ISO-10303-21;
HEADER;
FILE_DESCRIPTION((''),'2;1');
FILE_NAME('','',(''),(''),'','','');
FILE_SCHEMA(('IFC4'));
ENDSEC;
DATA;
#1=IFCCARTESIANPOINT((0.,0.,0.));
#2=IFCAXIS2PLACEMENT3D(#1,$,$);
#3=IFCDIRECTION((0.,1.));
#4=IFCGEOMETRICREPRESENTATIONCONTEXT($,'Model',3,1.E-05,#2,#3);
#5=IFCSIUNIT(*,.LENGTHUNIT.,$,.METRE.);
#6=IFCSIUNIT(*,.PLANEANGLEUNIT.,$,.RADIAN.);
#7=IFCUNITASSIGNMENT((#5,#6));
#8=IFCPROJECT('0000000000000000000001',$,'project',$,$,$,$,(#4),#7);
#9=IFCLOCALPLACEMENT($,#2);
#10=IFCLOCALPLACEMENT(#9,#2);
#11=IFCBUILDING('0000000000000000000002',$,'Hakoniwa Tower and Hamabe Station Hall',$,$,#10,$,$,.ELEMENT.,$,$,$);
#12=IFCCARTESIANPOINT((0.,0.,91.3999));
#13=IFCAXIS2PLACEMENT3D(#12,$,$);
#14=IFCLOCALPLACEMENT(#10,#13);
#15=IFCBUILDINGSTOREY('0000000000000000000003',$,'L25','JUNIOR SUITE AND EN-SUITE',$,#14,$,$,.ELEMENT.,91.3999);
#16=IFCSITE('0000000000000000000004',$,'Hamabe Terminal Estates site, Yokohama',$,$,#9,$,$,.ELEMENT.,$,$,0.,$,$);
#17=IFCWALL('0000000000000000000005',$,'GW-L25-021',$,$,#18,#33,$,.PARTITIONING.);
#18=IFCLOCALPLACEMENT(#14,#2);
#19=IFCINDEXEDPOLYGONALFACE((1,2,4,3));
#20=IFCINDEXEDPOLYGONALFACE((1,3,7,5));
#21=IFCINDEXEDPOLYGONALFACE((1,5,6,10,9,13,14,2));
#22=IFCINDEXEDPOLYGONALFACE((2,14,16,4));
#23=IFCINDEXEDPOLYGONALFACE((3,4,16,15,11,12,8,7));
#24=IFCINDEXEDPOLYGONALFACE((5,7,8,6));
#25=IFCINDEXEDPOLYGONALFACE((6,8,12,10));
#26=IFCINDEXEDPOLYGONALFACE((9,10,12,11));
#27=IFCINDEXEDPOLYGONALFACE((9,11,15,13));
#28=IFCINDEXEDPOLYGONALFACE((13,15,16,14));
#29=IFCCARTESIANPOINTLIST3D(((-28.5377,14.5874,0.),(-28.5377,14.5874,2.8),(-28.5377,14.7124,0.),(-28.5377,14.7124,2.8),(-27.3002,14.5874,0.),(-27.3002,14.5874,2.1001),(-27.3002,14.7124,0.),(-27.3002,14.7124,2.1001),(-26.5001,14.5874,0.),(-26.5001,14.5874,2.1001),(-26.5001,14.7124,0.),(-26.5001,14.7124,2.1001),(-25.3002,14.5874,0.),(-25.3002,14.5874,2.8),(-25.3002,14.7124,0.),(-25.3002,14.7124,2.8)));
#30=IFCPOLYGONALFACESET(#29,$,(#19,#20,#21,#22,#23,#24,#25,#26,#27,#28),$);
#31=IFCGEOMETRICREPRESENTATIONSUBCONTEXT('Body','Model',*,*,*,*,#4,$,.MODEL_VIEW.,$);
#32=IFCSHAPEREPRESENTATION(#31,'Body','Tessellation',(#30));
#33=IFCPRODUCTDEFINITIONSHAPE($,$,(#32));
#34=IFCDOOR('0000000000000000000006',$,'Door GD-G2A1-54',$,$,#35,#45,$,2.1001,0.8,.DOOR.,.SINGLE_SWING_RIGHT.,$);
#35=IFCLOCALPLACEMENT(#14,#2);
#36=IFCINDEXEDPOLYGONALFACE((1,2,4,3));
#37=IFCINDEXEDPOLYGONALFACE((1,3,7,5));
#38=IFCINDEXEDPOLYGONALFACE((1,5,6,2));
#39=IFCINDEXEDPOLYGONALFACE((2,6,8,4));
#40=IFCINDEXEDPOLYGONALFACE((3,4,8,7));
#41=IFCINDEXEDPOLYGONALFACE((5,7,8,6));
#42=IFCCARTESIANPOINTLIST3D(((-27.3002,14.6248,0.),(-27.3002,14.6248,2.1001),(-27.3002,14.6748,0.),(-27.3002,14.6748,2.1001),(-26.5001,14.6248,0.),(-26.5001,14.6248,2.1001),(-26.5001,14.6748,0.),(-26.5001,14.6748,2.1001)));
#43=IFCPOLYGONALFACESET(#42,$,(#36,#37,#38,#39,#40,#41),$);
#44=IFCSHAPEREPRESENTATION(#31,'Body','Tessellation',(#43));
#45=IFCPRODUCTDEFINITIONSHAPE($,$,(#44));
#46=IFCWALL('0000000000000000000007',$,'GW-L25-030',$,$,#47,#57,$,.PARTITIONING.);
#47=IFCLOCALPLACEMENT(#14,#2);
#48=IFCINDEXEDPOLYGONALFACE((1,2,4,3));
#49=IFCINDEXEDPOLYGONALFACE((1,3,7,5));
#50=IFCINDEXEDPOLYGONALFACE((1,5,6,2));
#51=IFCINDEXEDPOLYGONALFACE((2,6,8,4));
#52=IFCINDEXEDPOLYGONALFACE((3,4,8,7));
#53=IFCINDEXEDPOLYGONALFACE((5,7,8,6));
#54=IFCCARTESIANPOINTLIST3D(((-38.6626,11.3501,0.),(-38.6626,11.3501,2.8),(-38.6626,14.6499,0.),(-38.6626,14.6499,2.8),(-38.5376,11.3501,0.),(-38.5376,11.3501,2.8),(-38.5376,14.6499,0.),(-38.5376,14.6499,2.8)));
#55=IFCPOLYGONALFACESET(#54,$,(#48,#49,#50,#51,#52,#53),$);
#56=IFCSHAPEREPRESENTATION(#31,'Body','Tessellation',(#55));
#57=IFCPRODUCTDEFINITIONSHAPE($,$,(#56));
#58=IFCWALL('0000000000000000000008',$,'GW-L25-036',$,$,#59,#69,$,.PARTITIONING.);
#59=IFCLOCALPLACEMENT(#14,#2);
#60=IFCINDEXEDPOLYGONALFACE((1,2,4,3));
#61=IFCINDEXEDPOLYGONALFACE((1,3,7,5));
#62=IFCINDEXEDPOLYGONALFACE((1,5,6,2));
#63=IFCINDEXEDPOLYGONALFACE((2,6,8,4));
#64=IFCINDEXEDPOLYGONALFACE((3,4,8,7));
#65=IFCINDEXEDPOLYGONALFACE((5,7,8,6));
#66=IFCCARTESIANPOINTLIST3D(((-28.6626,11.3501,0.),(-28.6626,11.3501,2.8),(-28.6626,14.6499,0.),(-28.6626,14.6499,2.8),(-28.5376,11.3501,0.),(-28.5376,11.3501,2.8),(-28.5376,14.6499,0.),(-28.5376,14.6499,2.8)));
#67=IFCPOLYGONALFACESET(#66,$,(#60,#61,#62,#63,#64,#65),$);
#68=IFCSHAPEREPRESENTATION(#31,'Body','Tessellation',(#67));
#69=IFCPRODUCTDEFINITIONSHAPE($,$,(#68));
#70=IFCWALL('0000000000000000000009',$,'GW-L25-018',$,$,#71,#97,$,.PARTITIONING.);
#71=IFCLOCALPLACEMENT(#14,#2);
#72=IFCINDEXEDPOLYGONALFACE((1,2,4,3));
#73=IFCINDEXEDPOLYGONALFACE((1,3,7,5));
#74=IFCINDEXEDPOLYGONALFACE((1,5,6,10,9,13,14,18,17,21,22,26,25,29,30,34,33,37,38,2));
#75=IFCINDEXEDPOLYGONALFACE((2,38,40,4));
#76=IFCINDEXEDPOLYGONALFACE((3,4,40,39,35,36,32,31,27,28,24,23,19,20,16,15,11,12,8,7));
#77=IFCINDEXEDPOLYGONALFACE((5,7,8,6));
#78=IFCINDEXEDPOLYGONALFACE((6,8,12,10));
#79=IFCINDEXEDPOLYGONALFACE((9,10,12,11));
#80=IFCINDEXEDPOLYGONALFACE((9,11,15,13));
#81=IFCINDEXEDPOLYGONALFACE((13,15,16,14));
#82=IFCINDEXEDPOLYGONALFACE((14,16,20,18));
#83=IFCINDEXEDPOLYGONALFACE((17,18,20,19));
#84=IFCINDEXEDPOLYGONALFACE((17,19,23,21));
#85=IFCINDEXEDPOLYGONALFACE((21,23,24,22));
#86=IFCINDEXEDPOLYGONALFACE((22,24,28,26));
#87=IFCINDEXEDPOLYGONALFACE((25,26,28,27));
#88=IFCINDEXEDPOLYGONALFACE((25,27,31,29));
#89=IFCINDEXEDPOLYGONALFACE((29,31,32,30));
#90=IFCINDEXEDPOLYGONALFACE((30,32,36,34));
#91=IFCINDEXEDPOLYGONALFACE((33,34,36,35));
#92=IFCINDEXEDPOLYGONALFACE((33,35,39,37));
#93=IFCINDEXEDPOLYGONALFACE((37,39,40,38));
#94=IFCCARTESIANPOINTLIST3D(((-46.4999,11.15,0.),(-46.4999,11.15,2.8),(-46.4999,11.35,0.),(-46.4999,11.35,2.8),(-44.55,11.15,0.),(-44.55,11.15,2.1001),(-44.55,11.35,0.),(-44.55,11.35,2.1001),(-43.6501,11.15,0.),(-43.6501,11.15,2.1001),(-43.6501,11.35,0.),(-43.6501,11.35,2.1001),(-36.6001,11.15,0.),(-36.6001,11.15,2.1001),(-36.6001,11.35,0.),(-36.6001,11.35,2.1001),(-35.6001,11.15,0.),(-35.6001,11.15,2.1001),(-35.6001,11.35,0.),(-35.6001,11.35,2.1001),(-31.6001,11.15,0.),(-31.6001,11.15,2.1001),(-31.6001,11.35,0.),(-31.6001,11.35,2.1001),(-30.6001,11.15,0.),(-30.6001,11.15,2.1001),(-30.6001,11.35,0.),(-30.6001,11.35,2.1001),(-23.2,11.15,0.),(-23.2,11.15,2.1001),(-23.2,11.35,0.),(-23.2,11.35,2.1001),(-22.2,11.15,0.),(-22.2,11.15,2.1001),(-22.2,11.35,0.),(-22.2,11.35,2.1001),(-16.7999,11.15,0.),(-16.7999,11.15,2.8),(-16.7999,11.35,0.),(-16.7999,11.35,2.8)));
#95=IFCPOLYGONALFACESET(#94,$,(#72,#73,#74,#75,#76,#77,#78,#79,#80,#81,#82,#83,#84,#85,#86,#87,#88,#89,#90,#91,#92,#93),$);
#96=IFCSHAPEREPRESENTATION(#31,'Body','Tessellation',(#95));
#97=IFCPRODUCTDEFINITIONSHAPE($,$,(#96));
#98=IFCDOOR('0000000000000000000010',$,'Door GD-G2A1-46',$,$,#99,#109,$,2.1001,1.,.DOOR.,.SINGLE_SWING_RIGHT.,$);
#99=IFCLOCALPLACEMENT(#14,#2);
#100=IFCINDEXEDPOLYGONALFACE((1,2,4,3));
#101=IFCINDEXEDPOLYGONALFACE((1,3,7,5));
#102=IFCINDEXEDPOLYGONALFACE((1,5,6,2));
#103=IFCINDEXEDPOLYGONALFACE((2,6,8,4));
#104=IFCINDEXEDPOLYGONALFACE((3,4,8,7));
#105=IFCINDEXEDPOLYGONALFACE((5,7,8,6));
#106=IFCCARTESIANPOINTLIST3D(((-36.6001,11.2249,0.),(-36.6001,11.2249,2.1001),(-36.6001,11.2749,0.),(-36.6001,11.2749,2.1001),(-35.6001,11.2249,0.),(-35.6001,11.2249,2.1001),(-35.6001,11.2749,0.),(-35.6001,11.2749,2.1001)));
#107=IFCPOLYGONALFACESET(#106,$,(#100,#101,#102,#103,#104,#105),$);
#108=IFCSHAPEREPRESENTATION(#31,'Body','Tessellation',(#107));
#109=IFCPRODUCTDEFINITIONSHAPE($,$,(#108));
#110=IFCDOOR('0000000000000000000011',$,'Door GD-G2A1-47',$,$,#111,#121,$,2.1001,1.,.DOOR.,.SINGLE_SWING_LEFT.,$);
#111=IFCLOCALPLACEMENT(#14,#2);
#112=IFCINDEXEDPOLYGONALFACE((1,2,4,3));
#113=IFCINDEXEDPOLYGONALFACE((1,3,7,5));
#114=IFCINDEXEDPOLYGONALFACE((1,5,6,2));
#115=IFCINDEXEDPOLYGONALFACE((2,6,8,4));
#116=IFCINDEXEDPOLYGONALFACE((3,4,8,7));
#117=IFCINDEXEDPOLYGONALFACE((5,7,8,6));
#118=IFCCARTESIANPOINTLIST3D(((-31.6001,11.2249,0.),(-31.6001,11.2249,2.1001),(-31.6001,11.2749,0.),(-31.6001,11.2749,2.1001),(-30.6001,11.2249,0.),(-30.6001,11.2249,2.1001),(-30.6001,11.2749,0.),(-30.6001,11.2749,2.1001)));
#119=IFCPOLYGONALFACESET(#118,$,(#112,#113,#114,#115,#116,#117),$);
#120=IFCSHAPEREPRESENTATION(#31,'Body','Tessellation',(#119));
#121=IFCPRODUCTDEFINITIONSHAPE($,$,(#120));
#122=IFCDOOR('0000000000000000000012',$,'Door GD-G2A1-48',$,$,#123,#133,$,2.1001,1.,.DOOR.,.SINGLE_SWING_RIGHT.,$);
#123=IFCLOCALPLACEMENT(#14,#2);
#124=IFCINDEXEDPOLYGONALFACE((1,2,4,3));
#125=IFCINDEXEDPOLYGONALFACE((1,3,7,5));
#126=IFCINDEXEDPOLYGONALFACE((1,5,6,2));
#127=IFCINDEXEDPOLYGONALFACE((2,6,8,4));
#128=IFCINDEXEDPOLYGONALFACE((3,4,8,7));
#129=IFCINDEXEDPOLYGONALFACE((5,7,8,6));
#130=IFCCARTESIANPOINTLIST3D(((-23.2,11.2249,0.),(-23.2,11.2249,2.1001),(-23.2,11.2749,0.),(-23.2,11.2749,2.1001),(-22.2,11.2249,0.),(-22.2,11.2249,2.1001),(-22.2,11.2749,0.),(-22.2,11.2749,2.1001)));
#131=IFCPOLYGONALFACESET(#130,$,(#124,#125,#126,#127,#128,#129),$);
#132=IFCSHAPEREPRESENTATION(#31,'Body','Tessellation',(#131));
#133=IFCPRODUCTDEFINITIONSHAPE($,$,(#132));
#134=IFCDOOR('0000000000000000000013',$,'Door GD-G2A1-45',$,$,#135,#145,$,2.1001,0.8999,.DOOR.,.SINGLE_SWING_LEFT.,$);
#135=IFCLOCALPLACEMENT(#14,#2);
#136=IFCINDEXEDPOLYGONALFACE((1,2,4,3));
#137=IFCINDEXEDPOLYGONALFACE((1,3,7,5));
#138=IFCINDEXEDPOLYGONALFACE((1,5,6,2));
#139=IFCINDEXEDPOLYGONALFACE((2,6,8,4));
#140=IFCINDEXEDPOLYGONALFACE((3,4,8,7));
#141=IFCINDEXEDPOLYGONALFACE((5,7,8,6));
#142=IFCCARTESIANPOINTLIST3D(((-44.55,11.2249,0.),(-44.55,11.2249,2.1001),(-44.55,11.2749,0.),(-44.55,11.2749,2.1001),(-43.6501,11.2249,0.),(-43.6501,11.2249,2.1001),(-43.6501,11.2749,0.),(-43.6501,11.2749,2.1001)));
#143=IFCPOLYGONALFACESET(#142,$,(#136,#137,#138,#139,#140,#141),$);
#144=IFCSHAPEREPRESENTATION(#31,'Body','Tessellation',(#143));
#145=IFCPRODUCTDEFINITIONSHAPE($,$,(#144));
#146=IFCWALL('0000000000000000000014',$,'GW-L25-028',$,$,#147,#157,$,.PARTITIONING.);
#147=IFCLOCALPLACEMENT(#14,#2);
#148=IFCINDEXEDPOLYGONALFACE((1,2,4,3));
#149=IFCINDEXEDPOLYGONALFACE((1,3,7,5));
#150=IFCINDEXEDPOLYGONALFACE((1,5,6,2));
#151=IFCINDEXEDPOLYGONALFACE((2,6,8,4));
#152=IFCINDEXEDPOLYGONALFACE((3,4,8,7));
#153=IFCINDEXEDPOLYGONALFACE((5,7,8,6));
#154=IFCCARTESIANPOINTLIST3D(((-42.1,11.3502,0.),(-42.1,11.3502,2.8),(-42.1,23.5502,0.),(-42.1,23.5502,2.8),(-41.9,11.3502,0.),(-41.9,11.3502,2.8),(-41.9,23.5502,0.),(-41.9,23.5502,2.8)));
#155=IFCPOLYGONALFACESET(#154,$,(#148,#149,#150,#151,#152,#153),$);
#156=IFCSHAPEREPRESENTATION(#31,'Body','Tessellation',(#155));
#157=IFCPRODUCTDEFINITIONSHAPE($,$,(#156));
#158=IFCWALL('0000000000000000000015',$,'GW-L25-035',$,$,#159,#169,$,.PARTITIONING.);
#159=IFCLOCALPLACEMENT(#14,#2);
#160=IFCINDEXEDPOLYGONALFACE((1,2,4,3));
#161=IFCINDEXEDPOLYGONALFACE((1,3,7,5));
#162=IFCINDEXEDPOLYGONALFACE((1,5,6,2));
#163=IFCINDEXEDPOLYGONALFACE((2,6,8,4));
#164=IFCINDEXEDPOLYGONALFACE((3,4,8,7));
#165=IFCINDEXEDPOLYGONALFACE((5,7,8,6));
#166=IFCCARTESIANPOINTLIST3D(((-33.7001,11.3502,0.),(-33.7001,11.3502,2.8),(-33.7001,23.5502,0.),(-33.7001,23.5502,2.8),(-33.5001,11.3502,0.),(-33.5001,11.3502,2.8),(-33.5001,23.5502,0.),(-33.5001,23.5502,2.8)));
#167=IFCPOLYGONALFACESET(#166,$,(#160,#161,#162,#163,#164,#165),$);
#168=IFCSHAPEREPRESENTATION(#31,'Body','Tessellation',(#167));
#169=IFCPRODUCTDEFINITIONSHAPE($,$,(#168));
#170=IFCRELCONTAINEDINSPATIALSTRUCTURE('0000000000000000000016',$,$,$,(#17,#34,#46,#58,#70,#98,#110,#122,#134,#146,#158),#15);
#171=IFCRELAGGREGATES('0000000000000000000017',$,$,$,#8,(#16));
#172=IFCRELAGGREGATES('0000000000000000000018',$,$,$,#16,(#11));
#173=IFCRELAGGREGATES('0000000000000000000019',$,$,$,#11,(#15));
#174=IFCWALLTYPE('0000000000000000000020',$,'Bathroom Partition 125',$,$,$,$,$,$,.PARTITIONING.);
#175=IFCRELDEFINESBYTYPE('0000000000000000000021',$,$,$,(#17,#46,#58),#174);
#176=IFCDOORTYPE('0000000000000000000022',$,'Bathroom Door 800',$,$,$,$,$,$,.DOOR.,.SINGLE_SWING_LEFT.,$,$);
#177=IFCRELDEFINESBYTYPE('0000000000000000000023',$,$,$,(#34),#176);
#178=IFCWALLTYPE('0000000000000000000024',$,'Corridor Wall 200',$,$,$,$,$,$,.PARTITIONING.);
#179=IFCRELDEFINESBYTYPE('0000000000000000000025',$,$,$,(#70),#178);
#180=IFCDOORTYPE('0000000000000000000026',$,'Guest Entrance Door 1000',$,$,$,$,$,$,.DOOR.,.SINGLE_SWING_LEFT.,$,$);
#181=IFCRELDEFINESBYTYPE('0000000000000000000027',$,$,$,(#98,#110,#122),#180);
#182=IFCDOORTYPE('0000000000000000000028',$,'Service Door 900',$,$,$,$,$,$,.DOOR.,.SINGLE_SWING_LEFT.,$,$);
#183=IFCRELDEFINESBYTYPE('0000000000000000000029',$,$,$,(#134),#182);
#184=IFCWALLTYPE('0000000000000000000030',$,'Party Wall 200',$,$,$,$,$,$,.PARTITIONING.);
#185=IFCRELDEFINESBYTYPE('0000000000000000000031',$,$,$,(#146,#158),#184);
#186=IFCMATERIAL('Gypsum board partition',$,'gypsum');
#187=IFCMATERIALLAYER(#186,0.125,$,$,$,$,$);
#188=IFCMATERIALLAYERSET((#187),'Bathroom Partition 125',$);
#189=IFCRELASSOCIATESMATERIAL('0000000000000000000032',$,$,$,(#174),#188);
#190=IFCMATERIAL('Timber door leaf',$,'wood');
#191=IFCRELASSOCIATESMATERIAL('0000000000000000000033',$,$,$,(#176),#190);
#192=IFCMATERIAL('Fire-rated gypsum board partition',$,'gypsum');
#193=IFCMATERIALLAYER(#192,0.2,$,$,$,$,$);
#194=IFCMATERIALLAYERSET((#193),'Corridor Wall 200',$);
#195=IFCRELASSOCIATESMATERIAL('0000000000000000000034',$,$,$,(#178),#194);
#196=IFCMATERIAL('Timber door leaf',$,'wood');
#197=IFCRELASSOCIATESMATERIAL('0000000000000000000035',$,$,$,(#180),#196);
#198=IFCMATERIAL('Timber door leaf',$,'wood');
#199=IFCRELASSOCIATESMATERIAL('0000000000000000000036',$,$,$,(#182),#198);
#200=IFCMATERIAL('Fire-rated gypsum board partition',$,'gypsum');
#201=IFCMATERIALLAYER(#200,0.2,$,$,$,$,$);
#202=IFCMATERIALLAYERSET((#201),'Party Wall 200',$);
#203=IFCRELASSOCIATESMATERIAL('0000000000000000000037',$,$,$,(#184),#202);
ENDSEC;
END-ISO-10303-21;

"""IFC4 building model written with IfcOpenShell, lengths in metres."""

from ifc_helpers import new_model, si_unit, direction, frame, frame_2d, origin, place, context, subcontext, project, spatial, rectangle, extrude, material, layer, layer_set, type_object, element, fill, save


model = new_model("IFC4")

# Units and contexts
model_context = context("Model", 3, precision=1e-05, world=origin(), true_north=direction((0.0, 1.0)))
body_context = subcontext(model_context, "Body", "Model", "MODEL_VIEW")
ifc_project = project(units=[si_unit("LENGTHUNIT", "METRE"), si_unit("PLANEANGLEUNIT", "RADIAN")], contexts=[model_context])

# Site, building, storey
site_placement = place(None, origin())
site = spatial("IfcSite", under=ifc_project, at=site_placement, Name="Hamabe Terminal Estates site, Yokohama", CompositionType="ELEMENT", RefElevation=0.0)
building_placement = place(site_placement, origin())
building = spatial("IfcBuilding", under=site, at=building_placement, Name="Hakoniwa Tower and Hamabe Station Hall", CompositionType="ELEMENT")
storey_placement = place(building_placement, frame((0.0, 0.0, 91.3999)))
storey = spatial("IfcBuildingStorey", under=building, at=storey_placement, Name="L25", Description="JUNIOR SUITE AND EN-SUITE", CompositionType="ELEMENT", Elevation=91.3999)

# Wall, opening, door
ifc_material_1 = material(Name="Gypsum board partition", Category="gypsum")
ifc_layer_1 = layer(ifc_material_1, 0.125)
ifc_layer_set_1 = layer_set([ifc_layer_1], Name="Bathroom Partition 125")
wall_type_1 = type_object("IfcWallType", Name="Bathroom Partition 125", PredefinedType="PARTITIONING", material=ifc_layer_set_1)
ifc_material_2 = material(Name="Timber door leaf", Category="wood")
door_type_1 = type_object("IfcDoorType", Name="Bathroom Door 800", OperationType="SINGLE_SWING_LEFT", PredefinedType="DOOR", material=ifc_material_2)
wall_1_placement = place(storey_placement, frame((-28.5376, 14.6499, 0.0), z_axis=(0.0, 0.0, 1.0), x_axis=(1.0, 0.0, 0.0)))
wall_1 = element("IfcWall", 1, at=wall_1_placement, inside=storey, type_object=wall_type_1, Name="GW-L25-021", PredefinedType="PARTITIONING", context=body_context, shape_type="SweptSolid", body=[
    extrude(rectangle(XDim=3.2375, YDim=0.125, at=frame_2d((1.6187, 0.0))), origin(), (0.0, 0.0, 1.0), 2.8),
])
opening_1_placement = place(wall_1_placement, frame((1.2375, 0.0, 0.0)))
opening_1 = element("IfcOpeningElement", 2, at=opening_1_placement, cuts=wall_1, PredefinedType="OPENING", context=body_context, shape_type="SweptSolid", body=[
    extrude(rectangle(XDim=0.8, YDim=2.1001, at=frame_2d((0.3999, 1.05))), frame((0.0, 0.0725, 0.0), z_axis=(0.0, -1.0, 0.0), x_axis=(1.0, 0.0, 0.0)), (0.0, 0.0, 1.0), 0.145),
])
door_1_placement = place(opening_1_placement, origin())
door_1 = element("IfcDoor", 3, at=door_1_placement, inside=storey, type_object=door_type_1, Name="Door GD-G2A1-54", OperationType="SINGLE_SWING_RIGHT", OverallHeight=2.1001, OverallWidth=0.8, PredefinedType="DOOR", context=body_context, shape_type="SweptSolid", body=[
    extrude(rectangle(XDim=0.8, YDim=2.1001, at=frame_2d((0.3999, 1.05))), frame((0.0, 0.0249, 0.0), z_axis=(0.0, -1.0, 0.0), x_axis=(1.0, 0.0, 0.0)), (0.0, 0.0, 1.0), 0.05),
])
fill(opening_1, door_1)

# Walls
for number, where, z_axis, x_axis, name in (
    (4, (-38.6001, 11.3501, 0.0), (0.0, 0.0, 1.0), (0.0, 1.0, 0.0), "GW-L25-030"),
    (5, (-28.6001, 11.3501, 0.0), (0.0, 0.0, 1.0), (0.0, 1.0, 0.0), "GW-L25-036"),
):
    element("IfcWall", number, at=place(storey_placement, frame(where, z_axis=z_axis, x_axis=x_axis)), inside=storey, type_object=wall_type_1, Name=name, PredefinedType="PARTITIONING", context=body_context, shape_type="SweptSolid", body=[
        extrude(rectangle(XDim=3.2998, YDim=0.125, at=frame_2d((1.6499, 0.0))), origin(), (0.0, 0.0, 1.0), 2.8),
    ])

# Wall, openings, doors
ifc_material_3 = material(Name="Fire-rated gypsum board partition", Category="gypsum")
ifc_layer_2 = layer(ifc_material_3, 0.2)
ifc_layer_set_2 = layer_set([ifc_layer_2], Name="Corridor Wall 200")
wall_type_2 = type_object("IfcWallType", Name="Corridor Wall 200", PredefinedType="PARTITIONING", material=ifc_layer_set_2)
wall_2_placement = place(storey_placement, frame((-46.5, 11.25, 0.0), z_axis=(0.0, 0.0, 1.0), x_axis=(1.0, 0.0, 0.0)))
wall_2 = element("IfcWall", 6, at=wall_2_placement, inside=storey, type_object=wall_type_2, Name="GW-L25-018", PredefinedType="PARTITIONING", context=body_context, shape_type="SweptSolid", body=[
    extrude(rectangle(XDim=29.7, YDim=0.2, at=frame_2d((14.8501, 0.0))), origin(), (0.0, 0.0, 1.0), 2.8),
])
opening_2_placement = place(wall_2_placement, frame((1.95, 0.0, 0.0)))
opening_2 = element("IfcOpeningElement", 7, at=opening_2_placement, cuts=wall_2, PredefinedType="OPENING", context=body_context, shape_type="SweptSolid", body=[
    extrude(rectangle(XDim=0.8999, YDim=2.1001, at=frame_2d((0.45, 1.05))), frame((0.0, 0.1099, 0.0), z_axis=(0.0, -1.0, 0.0), x_axis=(1.0, 0.0, 0.0)), (0.0, 0.0, 1.0), 0.22),
])
opening_3_placement = place(wall_2_placement, frame((9.8999, 0.0, 0.0)))
opening_3 = element("IfcOpeningElement", 8, at=opening_3_placement, cuts=wall_2, PredefinedType="OPENING", context=body_context, shape_type="SweptSolid", body=[
    extrude(rectangle(XDim=1.0, YDim=2.1001, at=frame_2d((0.5, 1.05))), frame((0.0, 0.1099, 0.0), z_axis=(0.0, -1.0, 0.0), x_axis=(1.0, 0.0, 0.0)), (0.0, 0.0, 1.0), 0.22),
])
opening_4_placement = place(wall_2_placement, frame((14.8999, 0.0, 0.0)))
opening_4 = element("IfcOpeningElement", 9, at=opening_4_placement, cuts=wall_2, PredefinedType="OPENING", context=body_context, shape_type="SweptSolid", body=[
    extrude(rectangle(XDim=1.0, YDim=2.1001, at=frame_2d((0.5, 1.05))), frame((0.0, 0.1099, 0.0), z_axis=(0.0, -1.0, 0.0), x_axis=(1.0, 0.0, 0.0)), (0.0, 0.0, 1.0), 0.22),
])
opening_5_placement = place(wall_2_placement, frame((23.3, 0.0, 0.0)))
opening_5 = element("IfcOpeningElement", 10, at=opening_5_placement, cuts=wall_2, PredefinedType="OPENING", context=body_context, shape_type="SweptSolid", body=[
    extrude(rectangle(XDim=1.0, YDim=2.1001, at=frame_2d((0.5, 1.05))), frame((0.0, 0.1099, 0.0), z_axis=(0.0, -1.0, 0.0), x_axis=(1.0, 0.0, 0.0)), (0.0, 0.0, 1.0), 0.22),
])
ifc_material_4 = material(Name="Timber door leaf", Category="wood")
door_type_2 = type_object("IfcDoorType", Name="Guest Entrance Door 1000", OperationType="SINGLE_SWING_LEFT", PredefinedType="DOOR", material=ifc_material_4)
door_2_placement = place(opening_3_placement, origin())
door_2 = element("IfcDoor", 11, at=door_2_placement, inside=storey, type_object=door_type_2, Name="Door GD-G2A1-46", OperationType="SINGLE_SWING_RIGHT", OverallHeight=2.1001, OverallWidth=1.0, PredefinedType="DOOR", context=body_context, shape_type="SweptSolid", body=[
    extrude(rectangle(XDim=1.0, YDim=2.1001, at=frame_2d((0.5, 1.05))), frame((0.0, 0.0249, 0.0), z_axis=(0.0, -1.0, 0.0), x_axis=(1.0, 0.0, 0.0)), (0.0, 0.0, 1.0), 0.05),
])
fill(opening_3, door_2)
door_3_placement = place(opening_4_placement, origin())
door_3 = element("IfcDoor", 12, at=door_3_placement, inside=storey, type_object=door_type_2, Name="Door GD-G2A1-47", OperationType="SINGLE_SWING_LEFT", OverallHeight=2.1001, OverallWidth=1.0, PredefinedType="DOOR", context=body_context, shape_type="SweptSolid", body=[
    extrude(rectangle(XDim=1.0, YDim=2.1001, at=frame_2d((0.5, 1.05))), frame((0.0, 0.0249, 0.0), z_axis=(0.0, -1.0, 0.0), x_axis=(1.0, 0.0, 0.0)), (0.0, 0.0, 1.0), 0.05),
])
fill(opening_4, door_3)
door_4_placement = place(opening_5_placement, origin())
door_4 = element("IfcDoor", 13, at=door_4_placement, inside=storey, type_object=door_type_2, Name="Door GD-G2A1-48", OperationType="SINGLE_SWING_RIGHT", OverallHeight=2.1001, OverallWidth=1.0, PredefinedType="DOOR", context=body_context, shape_type="SweptSolid", body=[
    extrude(rectangle(XDim=1.0, YDim=2.1001, at=frame_2d((0.5, 1.05))), frame((0.0, 0.0249, 0.0), z_axis=(0.0, -1.0, 0.0), x_axis=(1.0, 0.0, 0.0)), (0.0, 0.0, 1.0), 0.05),
])
fill(opening_5, door_4)
ifc_material_5 = material(Name="Timber door leaf", Category="wood")
door_type_3 = type_object("IfcDoorType", Name="Service Door 900", OperationType="SINGLE_SWING_LEFT", PredefinedType="DOOR", material=ifc_material_5)
door_5_placement = place(opening_2_placement, origin())
door_5 = element("IfcDoor", 14, at=door_5_placement, inside=storey, type_object=door_type_3, Name="Door GD-G2A1-45", OperationType="SINGLE_SWING_LEFT", OverallHeight=2.1001, OverallWidth=0.8999, PredefinedType="DOOR", context=body_context, shape_type="SweptSolid", body=[
    extrude(rectangle(XDim=0.8999, YDim=2.1001, at=frame_2d((0.45, 1.05))), frame((0.0, 0.0249, 0.0), z_axis=(0.0, -1.0, 0.0), x_axis=(1.0, 0.0, 0.0)), (0.0, 0.0, 1.0), 0.05),
])
fill(opening_2, door_5)

# Walls
ifc_material_6 = material(Name="Fire-rated gypsum board partition", Category="gypsum")
ifc_layer_3 = layer(ifc_material_6, 0.2)
ifc_layer_set_3 = layer_set([ifc_layer_3], Name="Party Wall 200")
wall_type_3 = type_object("IfcWallType", Name="Party Wall 200", PredefinedType="PARTITIONING", material=ifc_layer_set_3)
for number, where, z_axis, x_axis, name in (
    (15, (-42.0, 11.3501, 0.0), (0.0, 0.0, 1.0), (0.0, 1.0, 0.0), "GW-L25-028"),
    (16, (-33.6001, 11.3501, 0.0), (0.0, 0.0, 1.0), (0.0, 1.0, 0.0), "GW-L25-035"),
):
    element("IfcWall", number, at=place(storey_placement, frame(where, z_axis=z_axis, x_axis=x_axis)), inside=storey, type_object=wall_type_3, Name=name, PredefinedType="PARTITIONING", context=body_context, shape_type="SweptSolid", body=[
        extrude(rectangle(XDim=12.2, YDim=0.2, at=frame_2d((6.1001, 0.0))), origin(), (0.0, 0.0, 1.0), 2.8),
    ])

save(model, "model.ifc")
